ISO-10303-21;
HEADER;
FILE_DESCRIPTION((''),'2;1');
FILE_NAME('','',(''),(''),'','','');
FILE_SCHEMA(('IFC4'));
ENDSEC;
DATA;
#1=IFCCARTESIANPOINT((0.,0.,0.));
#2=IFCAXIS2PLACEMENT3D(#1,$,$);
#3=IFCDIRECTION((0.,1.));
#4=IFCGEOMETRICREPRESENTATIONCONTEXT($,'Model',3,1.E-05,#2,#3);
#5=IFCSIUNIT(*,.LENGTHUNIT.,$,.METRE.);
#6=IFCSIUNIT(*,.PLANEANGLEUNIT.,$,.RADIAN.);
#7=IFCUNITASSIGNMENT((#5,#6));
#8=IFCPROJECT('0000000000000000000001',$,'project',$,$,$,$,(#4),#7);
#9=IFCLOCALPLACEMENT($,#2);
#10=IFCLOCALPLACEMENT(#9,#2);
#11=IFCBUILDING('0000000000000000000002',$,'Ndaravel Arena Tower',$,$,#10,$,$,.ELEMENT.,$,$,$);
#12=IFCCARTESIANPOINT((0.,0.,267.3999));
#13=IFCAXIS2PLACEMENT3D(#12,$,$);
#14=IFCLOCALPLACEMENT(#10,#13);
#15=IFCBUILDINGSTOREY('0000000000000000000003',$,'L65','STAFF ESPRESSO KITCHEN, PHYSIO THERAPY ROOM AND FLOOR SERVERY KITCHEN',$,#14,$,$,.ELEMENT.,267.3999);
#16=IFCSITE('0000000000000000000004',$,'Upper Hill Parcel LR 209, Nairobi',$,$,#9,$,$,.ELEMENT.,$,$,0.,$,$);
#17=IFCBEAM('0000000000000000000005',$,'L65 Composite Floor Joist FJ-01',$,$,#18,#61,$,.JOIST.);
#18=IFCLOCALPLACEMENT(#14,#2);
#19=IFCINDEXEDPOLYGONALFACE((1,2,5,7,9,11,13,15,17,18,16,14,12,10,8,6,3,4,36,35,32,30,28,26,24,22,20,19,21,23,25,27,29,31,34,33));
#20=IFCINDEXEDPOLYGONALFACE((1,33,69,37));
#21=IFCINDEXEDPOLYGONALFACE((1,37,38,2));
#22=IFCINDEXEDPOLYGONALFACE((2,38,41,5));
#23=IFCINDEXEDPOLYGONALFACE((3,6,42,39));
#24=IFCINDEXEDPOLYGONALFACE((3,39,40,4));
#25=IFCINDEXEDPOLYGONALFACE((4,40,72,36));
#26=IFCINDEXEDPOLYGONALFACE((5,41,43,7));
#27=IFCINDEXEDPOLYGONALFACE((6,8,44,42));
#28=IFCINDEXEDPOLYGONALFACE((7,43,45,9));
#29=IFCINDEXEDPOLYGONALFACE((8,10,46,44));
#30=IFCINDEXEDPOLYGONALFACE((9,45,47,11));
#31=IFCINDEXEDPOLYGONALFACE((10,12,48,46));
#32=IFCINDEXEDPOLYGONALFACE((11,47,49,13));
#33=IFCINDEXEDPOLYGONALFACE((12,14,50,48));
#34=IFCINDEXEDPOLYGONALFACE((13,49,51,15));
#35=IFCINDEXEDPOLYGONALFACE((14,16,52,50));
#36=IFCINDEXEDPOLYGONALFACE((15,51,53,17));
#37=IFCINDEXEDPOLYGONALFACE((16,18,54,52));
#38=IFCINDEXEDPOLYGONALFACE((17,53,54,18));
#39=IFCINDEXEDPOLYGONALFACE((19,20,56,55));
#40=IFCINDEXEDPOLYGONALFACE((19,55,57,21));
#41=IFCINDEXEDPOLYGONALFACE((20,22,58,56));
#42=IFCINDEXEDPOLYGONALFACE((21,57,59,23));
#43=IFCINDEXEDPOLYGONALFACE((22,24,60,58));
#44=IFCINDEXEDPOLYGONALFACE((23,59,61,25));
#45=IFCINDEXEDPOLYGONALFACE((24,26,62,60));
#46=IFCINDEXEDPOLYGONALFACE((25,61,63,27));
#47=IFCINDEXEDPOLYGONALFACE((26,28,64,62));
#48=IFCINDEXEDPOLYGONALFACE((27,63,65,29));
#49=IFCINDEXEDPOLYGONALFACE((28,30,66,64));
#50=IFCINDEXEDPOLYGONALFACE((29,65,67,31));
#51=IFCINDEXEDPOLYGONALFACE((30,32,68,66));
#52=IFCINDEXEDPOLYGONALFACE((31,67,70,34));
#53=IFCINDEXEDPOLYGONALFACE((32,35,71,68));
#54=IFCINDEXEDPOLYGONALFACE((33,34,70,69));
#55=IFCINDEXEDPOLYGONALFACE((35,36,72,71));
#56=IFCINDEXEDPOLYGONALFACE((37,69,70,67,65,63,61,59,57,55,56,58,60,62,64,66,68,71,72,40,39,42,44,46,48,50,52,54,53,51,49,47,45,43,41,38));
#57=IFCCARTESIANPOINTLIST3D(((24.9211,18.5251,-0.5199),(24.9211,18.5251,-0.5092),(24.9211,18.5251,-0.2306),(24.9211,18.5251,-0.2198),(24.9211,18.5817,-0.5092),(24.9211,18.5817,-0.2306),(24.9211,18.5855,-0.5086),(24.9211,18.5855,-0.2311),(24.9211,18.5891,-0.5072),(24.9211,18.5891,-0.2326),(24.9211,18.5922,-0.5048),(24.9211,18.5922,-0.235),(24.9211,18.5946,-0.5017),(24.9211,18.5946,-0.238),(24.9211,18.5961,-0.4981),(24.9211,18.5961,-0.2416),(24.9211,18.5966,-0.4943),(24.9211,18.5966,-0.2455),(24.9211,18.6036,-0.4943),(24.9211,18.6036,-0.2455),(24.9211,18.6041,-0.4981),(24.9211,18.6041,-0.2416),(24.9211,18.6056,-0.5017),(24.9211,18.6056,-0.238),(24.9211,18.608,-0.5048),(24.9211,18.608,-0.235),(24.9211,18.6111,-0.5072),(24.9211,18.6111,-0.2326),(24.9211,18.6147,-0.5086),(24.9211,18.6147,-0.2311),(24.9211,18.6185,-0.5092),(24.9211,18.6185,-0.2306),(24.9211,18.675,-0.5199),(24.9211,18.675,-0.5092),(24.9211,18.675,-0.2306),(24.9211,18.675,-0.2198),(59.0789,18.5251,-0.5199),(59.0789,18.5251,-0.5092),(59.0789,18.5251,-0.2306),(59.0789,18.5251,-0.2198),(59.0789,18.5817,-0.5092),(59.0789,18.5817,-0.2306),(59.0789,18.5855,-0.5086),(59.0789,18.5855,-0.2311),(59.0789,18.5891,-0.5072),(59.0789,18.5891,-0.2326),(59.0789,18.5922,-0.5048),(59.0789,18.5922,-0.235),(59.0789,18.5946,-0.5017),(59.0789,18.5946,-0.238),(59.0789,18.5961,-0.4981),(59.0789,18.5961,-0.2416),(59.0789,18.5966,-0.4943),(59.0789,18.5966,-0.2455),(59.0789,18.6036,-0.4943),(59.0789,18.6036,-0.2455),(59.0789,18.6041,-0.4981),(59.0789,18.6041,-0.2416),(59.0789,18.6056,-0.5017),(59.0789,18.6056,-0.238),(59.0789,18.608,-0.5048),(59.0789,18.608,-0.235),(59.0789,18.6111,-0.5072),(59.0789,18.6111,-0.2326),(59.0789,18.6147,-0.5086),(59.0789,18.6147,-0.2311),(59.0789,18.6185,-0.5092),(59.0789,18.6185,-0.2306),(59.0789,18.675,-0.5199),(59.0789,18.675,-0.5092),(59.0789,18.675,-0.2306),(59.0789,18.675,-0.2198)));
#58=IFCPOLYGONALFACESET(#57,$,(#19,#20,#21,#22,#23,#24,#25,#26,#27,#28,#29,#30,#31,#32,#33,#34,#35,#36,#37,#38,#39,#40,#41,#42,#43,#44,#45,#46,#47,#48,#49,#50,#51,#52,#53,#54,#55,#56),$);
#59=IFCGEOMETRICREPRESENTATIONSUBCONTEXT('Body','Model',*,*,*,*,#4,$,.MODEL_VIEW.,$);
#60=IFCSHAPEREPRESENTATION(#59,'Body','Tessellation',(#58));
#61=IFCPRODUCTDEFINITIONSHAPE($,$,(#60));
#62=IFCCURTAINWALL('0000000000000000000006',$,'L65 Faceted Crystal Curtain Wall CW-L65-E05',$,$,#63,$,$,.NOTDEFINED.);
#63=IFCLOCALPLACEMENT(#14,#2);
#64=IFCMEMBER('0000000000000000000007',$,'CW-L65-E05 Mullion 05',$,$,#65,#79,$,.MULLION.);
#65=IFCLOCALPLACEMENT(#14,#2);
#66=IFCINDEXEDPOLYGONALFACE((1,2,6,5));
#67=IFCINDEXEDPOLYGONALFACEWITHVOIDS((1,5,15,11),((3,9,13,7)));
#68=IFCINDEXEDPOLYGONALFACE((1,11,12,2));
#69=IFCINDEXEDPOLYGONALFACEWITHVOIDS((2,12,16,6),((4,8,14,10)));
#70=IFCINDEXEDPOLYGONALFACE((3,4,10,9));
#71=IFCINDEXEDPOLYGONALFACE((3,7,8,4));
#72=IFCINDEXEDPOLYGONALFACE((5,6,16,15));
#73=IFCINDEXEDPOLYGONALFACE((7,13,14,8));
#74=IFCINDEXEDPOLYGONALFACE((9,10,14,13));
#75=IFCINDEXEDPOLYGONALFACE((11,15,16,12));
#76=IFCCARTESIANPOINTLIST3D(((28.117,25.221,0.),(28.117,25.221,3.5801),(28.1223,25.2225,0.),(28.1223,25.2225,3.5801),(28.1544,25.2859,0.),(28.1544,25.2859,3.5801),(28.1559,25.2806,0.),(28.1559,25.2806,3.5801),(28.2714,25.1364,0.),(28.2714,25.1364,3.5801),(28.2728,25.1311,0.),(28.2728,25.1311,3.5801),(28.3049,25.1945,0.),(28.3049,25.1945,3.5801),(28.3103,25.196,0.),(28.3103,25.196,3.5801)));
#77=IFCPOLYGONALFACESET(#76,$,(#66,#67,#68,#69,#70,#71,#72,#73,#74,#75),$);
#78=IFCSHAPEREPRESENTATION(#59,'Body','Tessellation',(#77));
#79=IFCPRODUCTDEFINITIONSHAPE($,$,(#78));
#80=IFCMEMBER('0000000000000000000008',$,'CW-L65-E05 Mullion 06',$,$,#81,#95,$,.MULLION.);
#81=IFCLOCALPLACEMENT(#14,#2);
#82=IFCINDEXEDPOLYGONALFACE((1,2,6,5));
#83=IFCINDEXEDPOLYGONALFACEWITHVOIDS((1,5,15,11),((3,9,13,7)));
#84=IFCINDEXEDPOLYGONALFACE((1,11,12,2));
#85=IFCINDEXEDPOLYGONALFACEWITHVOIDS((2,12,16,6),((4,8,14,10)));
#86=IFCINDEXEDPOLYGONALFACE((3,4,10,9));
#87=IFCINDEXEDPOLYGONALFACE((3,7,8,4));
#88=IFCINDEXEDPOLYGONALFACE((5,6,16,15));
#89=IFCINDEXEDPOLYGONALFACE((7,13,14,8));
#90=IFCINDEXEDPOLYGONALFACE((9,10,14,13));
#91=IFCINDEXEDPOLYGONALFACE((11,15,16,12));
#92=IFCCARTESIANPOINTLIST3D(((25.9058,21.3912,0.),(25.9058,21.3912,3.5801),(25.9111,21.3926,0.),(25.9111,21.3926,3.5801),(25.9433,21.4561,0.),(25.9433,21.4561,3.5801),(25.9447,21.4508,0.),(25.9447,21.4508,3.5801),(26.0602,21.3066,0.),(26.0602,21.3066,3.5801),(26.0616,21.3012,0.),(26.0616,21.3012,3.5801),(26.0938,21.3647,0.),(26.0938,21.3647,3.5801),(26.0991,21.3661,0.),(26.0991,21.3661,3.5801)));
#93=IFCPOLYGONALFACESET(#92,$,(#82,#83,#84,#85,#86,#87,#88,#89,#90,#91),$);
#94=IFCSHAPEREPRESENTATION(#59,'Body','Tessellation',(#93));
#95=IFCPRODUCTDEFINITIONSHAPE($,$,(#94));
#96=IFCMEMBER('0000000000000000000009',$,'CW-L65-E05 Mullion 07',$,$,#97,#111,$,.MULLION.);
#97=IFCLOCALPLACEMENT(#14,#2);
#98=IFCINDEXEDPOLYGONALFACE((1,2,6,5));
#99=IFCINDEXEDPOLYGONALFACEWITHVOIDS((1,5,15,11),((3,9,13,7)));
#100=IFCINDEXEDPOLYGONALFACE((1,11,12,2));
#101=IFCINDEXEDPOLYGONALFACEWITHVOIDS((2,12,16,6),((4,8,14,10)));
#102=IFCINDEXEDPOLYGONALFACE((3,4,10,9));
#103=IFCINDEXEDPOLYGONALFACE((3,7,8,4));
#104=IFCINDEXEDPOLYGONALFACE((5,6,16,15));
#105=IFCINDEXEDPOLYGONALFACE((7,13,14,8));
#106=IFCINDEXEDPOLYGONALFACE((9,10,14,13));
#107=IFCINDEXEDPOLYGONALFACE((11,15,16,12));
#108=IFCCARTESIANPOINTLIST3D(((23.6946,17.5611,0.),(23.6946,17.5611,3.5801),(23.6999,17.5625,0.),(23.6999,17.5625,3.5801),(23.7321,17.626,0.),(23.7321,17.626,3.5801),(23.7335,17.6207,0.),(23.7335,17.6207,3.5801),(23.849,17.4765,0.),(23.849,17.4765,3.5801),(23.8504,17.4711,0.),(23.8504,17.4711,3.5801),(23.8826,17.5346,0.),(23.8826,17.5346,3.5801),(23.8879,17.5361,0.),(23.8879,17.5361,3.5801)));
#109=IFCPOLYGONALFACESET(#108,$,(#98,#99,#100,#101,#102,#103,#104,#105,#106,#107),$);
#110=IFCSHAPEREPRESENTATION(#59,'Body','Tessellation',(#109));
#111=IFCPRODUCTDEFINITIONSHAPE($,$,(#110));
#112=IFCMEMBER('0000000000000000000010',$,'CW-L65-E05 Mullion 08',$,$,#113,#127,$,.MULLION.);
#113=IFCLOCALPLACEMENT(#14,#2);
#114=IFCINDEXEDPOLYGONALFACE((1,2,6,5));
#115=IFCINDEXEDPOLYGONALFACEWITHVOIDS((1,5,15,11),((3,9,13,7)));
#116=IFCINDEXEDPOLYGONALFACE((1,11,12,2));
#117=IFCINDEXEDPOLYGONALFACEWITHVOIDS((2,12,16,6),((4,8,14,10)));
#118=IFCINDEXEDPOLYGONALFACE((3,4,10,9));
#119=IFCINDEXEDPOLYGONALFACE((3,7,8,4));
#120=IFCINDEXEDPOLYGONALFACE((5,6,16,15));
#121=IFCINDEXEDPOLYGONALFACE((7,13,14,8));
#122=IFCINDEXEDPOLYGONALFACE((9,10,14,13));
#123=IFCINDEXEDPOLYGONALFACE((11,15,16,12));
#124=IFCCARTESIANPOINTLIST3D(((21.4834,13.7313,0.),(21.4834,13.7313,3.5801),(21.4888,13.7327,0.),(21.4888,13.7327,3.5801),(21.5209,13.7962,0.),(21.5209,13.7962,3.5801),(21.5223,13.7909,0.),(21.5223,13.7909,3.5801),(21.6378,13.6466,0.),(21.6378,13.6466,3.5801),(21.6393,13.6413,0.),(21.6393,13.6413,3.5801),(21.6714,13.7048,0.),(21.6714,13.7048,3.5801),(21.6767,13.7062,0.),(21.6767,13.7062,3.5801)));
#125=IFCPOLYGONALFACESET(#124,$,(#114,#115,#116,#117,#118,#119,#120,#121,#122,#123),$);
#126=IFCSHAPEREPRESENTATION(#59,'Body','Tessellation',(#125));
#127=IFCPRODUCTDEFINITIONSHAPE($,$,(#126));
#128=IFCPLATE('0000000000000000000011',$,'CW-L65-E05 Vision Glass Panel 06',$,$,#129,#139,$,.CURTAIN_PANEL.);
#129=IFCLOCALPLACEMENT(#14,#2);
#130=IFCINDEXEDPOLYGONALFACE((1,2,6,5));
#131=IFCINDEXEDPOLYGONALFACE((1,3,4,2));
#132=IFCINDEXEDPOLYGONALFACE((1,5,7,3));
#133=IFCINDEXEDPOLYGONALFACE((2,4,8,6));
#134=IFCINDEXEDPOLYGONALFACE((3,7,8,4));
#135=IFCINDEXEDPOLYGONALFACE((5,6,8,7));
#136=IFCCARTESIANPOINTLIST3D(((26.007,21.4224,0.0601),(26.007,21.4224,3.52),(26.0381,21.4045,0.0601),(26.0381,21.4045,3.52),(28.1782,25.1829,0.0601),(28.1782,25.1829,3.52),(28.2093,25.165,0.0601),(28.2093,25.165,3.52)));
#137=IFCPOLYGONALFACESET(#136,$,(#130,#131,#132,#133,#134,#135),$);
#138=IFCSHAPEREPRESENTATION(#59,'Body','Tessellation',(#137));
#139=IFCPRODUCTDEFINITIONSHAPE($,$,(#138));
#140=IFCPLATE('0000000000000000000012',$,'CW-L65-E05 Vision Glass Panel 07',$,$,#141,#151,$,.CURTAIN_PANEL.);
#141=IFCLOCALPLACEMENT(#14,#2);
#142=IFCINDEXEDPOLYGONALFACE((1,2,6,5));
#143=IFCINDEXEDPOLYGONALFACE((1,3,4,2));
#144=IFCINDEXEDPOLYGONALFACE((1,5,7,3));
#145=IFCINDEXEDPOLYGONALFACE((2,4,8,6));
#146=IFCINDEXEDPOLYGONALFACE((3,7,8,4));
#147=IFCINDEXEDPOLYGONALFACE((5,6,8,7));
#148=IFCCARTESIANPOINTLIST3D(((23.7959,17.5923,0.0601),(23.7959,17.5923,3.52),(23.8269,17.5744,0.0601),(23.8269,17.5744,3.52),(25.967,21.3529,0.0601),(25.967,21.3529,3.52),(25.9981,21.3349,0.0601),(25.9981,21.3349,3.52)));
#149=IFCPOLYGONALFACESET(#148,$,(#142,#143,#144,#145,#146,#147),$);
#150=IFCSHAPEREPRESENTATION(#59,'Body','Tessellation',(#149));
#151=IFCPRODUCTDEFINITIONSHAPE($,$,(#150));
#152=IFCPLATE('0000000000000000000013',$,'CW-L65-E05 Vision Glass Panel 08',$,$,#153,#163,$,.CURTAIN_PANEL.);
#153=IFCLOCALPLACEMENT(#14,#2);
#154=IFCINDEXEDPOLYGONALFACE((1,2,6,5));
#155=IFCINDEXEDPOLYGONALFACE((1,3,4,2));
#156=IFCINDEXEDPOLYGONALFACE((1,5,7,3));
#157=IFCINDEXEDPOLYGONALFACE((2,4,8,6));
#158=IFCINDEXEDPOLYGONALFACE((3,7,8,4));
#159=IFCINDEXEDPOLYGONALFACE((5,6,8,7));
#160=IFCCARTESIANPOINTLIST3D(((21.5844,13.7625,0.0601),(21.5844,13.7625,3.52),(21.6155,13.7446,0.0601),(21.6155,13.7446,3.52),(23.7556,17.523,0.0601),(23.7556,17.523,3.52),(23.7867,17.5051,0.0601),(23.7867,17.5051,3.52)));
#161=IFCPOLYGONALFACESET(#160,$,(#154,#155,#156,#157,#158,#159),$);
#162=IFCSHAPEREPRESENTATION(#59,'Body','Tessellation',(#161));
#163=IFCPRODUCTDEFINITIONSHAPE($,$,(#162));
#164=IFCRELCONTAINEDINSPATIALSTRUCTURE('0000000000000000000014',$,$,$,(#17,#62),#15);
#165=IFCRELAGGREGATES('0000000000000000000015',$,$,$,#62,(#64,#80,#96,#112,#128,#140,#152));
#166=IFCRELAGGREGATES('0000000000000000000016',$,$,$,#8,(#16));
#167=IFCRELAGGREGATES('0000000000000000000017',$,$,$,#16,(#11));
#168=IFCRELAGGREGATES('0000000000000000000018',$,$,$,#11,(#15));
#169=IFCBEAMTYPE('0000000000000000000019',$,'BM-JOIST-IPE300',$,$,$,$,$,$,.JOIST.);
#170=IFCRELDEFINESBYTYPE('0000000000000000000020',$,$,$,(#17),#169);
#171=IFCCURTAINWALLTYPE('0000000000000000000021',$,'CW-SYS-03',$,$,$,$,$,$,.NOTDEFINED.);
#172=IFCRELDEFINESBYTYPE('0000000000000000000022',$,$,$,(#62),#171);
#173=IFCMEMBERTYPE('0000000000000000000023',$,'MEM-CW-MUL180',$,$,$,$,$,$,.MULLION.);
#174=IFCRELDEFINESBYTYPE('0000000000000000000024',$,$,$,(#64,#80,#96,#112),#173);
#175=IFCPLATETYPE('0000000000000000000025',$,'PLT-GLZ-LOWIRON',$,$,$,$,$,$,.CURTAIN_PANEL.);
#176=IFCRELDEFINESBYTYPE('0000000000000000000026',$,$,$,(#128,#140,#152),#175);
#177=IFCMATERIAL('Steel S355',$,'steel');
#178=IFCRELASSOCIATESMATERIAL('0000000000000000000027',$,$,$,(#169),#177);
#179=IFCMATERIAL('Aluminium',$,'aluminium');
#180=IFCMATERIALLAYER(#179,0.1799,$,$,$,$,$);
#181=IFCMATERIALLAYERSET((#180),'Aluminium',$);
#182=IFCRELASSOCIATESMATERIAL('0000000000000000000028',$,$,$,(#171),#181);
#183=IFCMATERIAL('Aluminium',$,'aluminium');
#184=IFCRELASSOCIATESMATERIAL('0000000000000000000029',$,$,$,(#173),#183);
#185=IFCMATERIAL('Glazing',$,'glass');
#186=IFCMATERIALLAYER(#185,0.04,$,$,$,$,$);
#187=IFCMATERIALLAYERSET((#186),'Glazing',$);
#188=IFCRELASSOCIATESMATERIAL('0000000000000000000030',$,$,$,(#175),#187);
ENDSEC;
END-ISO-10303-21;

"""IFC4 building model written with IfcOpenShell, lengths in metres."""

from ifc_helpers import new_model, si_unit, direction, frame, origin, origin_2d, place, context, subcontext, project, spatial, rectangle, hollow_rectangle, i_section, extrude, material, layer, layer_set, material_profile, profile_set, type_object, element, aggregate, save


model = new_model("IFC4")

# Units and contexts
model_context = context("Model", 3, precision=1e-05, world=origin(), true_north=direction((0.0, 1.0)))
body_context = subcontext(model_context, "Body", "Model", "MODEL_VIEW")
ifc_project = project(units=[si_unit("LENGTHUNIT", "METRE"), si_unit("PLANEANGLEUNIT", "RADIAN")], contexts=[model_context])

# Site, building, storey
site_placement = place(None, origin())
site = spatial("IfcSite", under=ifc_project, at=site_placement, Name="Upper Hill Parcel LR 209, Nairobi", CompositionType="ELEMENT", RefElevation=0.0)
building_placement = place(site_placement, origin())
building = spatial("IfcBuilding", under=site, at=building_placement, Name="Ndaravel Arena Tower", CompositionType="ELEMENT")
storey_placement = place(building_placement, frame((0.0, 0.0, 267.3999)))
storey = spatial("IfcBuildingStorey", under=building, at=storey_placement, Name="L65", Description="STAFF ESPRESSO KITCHEN, PHYSIO THERAPY ROOM AND FLOOR SERVERY KITCHEN", CompositionType="ELEMENT", Elevation=267.3999)

# Beam
ifc_material_1 = material(Name="Steel S355", Category="steel")
ifc_material_profile_1 = material_profile(ifc_material_1, i_section(OverallWidth=0.1499, OverallDepth=0.3, WebThickness=0.0071, FlangeThickness=0.0107, FilletRadius=0.0149, at=origin_2d()), Name="IPE 300")
ifc_profile_set_1 = profile_set([ifc_material_profile_1], Name="Steel S355")
beam_type = type_object("IfcBeamType", Name="BM-JOIST-IPE300", PredefinedType="JOIST", material=ifc_profile_set_1)
beam_placement = place(storey_placement, frame((24.9211, 18.6001, -0.3699), z_axis=(1.0, 0.0, 0.0), x_axis=(0.0, 1.0, 0.0)))
element("IfcBeam", 1, at=beam_placement, inside=storey, type_object=beam_type, Name="L65 Composite Floor Joist FJ-01", PredefinedType="JOIST", context=body_context, shape_type="SweptSolid", body=[
    extrude(i_section(OverallWidth=0.1499, OverallDepth=0.3, WebThickness=0.0071, FlangeThickness=0.0107, FilletRadius=0.0149, at=origin_2d()), origin(), (0.0, 0.0, 1.0), 34.1577),
])

# Curtain wall, members, plates
ifc_material_2 = material(Name="Aluminium", Category="aluminium")
ifc_layer_1 = layer(ifc_material_2, 0.1799)
ifc_layer_set_1 = layer_set([ifc_layer_1], Name="Aluminium")
curtain_wall_type = type_object("IfcCurtainWallType", Name="CW-SYS-03", PredefinedType="NOTDEFINED", material=ifc_layer_set_1)
curtain_wall_placement = place(storey_placement, origin())
curtain_wall = element("IfcCurtainWall", 2, at=curtain_wall_placement, inside=storey, type_object=curtain_wall_type, Name="L65 Faceted Crystal Curtain Wall CW-L65-E05", PredefinedType="NOTDEFINED")
ifc_material_3 = material(Name="Aluminium", Category="aluminium")
ifc_material_profile_2 = material_profile(ifc_material_3, hollow_rectangle(XDim=0.075, YDim=0.1799, WallThickness=0.0039, at=origin_2d()), Name="CW MULLION 75x180x4")
ifc_profile_set_2 = profile_set([ifc_material_profile_2], Name="Aluminium")
member_type = type_object("IfcMemberType", Name="MEM-CW-MUL180", PredefinedType="MULLION", material=ifc_profile_set_2)
member_1_placement = place(storey_placement, frame((28.2136, 25.2085, 0.0), z_axis=(0.0, 0.0, 1.0), x_axis=(-0.5, -0.866025, 0.0)))
member_1 = element("IfcMember", 3, at=member_1_placement, type_object=member_type, Name="CW-L65-E05 Mullion 05", PredefinedType="MULLION", context=body_context, shape_type="SweptSolid", body=[
    extrude(hollow_rectangle(XDim=0.075, YDim=0.1799, WallThickness=0.0039, at=origin_2d()), origin(), (0.0, 0.0, 1.0), 3.5801),
])
member_2_placement = place(storey_placement, frame((26.0024, 21.3787, 0.0), z_axis=(0.0, 0.0, 1.0), x_axis=(-0.5, -0.866025, 0.0)))
member_2 = element("IfcMember", 4, at=member_2_placement, type_object=member_type, Name="CW-L65-E05 Mullion 06", PredefinedType="MULLION", context=body_context, shape_type="SweptSolid", body=[
    extrude(hollow_rectangle(XDim=0.075, YDim=0.1799, WallThickness=0.0039, at=origin_2d()), origin(), (0.0, 0.0, 1.0), 3.5801),
])
member_3_placement = place(storey_placement, frame((23.7913, 17.5486, 0.0), z_axis=(0.0, 0.0, 1.0), x_axis=(-0.5, -0.866025, 0.0)))
member_3 = element("IfcMember", 5, at=member_3_placement, type_object=member_type, Name="CW-L65-E05 Mullion 07", PredefinedType="MULLION", context=body_context, shape_type="SweptSolid", body=[
    extrude(hollow_rectangle(XDim=0.075, YDim=0.1799, WallThickness=0.0039, at=origin_2d()), origin(), (0.0, 0.0, 1.0), 3.5801),
])
member_4_placement = place(storey_placement, frame((21.5801, 13.7188, 0.0), z_axis=(0.0, 0.0, 1.0), x_axis=(-0.5, -0.866025, 0.0)))
member_4 = element("IfcMember", 6, at=member_4_placement, type_object=member_type, Name="CW-L65-E05 Mullion 08", PredefinedType="MULLION", context=body_context, shape_type="SweptSolid", body=[
    extrude(hollow_rectangle(XDim=0.075, YDim=0.1799, WallThickness=0.0039, at=origin_2d()), origin(), (0.0, 0.0, 1.0), 3.5801),
])
ifc_material_4 = material(Name="Glazing", Category="glass")
ifc_layer_2 = layer(ifc_material_4, 0.04)
ifc_layer_set_2 = layer_set([ifc_layer_2], Name="Glazing")
plate_type = type_object("IfcPlateType", Name="PLT-GLZ-LOWIRON", PredefinedType="CURTAIN_PANEL", material=ifc_layer_set_2)
plate_1_placement = place(storey_placement, frame((27.1082, 23.2937, 0.0601), z_axis=(0.0, 0.0, 1.0), x_axis=(-0.5, -0.866025, 0.0)))
plate_1 = element("IfcPlate", 7, at=plate_1_placement, type_object=plate_type, Name="CW-L65-E05 Vision Glass Panel 06", PredefinedType="CURTAIN_PANEL", context=body_context, shape_type="SweptSolid", body=[
    extrude(rectangle(XDim=4.3423, YDim=0.0359, at=origin_2d()), origin(), (0.0, 0.0, 1.0), 3.46),
])
plate_2_placement = place(storey_placement, frame((24.897, 19.4636, 0.0601), z_axis=(0.0, 0.0, 1.0), x_axis=(-0.5, -0.866025, 0.0)))
plate_2 = element("IfcPlate", 8, at=plate_2_placement, type_object=plate_type, Name="CW-L65-E05 Vision Glass Panel 07", PredefinedType="CURTAIN_PANEL", context=body_context, shape_type="SweptSolid", body=[
    extrude(rectangle(XDim=4.3423, YDim=0.0359, at=origin_2d()), origin(), (0.0, 0.0, 1.0), 3.46),
])
plate_3_placement = place(storey_placement, frame((22.6855, 15.6338, 0.0601), z_axis=(0.0, 0.0, 1.0), x_axis=(-0.5, -0.866025, 0.0)))
plate_3 = element("IfcPlate", 9, at=plate_3_placement, type_object=plate_type, Name="CW-L65-E05 Vision Glass Panel 08", PredefinedType="CURTAIN_PANEL", context=body_context, shape_type="SweptSolid", body=[
    extrude(rectangle(XDim=4.3423, YDim=0.0359, at=origin_2d()), origin(), (0.0, 0.0, 1.0), 3.46),
])
aggregate(curtain_wall, [member_1, member_2, member_3, member_4, plate_1, plate_2, plate_3])

save(model, "model.ifc")
